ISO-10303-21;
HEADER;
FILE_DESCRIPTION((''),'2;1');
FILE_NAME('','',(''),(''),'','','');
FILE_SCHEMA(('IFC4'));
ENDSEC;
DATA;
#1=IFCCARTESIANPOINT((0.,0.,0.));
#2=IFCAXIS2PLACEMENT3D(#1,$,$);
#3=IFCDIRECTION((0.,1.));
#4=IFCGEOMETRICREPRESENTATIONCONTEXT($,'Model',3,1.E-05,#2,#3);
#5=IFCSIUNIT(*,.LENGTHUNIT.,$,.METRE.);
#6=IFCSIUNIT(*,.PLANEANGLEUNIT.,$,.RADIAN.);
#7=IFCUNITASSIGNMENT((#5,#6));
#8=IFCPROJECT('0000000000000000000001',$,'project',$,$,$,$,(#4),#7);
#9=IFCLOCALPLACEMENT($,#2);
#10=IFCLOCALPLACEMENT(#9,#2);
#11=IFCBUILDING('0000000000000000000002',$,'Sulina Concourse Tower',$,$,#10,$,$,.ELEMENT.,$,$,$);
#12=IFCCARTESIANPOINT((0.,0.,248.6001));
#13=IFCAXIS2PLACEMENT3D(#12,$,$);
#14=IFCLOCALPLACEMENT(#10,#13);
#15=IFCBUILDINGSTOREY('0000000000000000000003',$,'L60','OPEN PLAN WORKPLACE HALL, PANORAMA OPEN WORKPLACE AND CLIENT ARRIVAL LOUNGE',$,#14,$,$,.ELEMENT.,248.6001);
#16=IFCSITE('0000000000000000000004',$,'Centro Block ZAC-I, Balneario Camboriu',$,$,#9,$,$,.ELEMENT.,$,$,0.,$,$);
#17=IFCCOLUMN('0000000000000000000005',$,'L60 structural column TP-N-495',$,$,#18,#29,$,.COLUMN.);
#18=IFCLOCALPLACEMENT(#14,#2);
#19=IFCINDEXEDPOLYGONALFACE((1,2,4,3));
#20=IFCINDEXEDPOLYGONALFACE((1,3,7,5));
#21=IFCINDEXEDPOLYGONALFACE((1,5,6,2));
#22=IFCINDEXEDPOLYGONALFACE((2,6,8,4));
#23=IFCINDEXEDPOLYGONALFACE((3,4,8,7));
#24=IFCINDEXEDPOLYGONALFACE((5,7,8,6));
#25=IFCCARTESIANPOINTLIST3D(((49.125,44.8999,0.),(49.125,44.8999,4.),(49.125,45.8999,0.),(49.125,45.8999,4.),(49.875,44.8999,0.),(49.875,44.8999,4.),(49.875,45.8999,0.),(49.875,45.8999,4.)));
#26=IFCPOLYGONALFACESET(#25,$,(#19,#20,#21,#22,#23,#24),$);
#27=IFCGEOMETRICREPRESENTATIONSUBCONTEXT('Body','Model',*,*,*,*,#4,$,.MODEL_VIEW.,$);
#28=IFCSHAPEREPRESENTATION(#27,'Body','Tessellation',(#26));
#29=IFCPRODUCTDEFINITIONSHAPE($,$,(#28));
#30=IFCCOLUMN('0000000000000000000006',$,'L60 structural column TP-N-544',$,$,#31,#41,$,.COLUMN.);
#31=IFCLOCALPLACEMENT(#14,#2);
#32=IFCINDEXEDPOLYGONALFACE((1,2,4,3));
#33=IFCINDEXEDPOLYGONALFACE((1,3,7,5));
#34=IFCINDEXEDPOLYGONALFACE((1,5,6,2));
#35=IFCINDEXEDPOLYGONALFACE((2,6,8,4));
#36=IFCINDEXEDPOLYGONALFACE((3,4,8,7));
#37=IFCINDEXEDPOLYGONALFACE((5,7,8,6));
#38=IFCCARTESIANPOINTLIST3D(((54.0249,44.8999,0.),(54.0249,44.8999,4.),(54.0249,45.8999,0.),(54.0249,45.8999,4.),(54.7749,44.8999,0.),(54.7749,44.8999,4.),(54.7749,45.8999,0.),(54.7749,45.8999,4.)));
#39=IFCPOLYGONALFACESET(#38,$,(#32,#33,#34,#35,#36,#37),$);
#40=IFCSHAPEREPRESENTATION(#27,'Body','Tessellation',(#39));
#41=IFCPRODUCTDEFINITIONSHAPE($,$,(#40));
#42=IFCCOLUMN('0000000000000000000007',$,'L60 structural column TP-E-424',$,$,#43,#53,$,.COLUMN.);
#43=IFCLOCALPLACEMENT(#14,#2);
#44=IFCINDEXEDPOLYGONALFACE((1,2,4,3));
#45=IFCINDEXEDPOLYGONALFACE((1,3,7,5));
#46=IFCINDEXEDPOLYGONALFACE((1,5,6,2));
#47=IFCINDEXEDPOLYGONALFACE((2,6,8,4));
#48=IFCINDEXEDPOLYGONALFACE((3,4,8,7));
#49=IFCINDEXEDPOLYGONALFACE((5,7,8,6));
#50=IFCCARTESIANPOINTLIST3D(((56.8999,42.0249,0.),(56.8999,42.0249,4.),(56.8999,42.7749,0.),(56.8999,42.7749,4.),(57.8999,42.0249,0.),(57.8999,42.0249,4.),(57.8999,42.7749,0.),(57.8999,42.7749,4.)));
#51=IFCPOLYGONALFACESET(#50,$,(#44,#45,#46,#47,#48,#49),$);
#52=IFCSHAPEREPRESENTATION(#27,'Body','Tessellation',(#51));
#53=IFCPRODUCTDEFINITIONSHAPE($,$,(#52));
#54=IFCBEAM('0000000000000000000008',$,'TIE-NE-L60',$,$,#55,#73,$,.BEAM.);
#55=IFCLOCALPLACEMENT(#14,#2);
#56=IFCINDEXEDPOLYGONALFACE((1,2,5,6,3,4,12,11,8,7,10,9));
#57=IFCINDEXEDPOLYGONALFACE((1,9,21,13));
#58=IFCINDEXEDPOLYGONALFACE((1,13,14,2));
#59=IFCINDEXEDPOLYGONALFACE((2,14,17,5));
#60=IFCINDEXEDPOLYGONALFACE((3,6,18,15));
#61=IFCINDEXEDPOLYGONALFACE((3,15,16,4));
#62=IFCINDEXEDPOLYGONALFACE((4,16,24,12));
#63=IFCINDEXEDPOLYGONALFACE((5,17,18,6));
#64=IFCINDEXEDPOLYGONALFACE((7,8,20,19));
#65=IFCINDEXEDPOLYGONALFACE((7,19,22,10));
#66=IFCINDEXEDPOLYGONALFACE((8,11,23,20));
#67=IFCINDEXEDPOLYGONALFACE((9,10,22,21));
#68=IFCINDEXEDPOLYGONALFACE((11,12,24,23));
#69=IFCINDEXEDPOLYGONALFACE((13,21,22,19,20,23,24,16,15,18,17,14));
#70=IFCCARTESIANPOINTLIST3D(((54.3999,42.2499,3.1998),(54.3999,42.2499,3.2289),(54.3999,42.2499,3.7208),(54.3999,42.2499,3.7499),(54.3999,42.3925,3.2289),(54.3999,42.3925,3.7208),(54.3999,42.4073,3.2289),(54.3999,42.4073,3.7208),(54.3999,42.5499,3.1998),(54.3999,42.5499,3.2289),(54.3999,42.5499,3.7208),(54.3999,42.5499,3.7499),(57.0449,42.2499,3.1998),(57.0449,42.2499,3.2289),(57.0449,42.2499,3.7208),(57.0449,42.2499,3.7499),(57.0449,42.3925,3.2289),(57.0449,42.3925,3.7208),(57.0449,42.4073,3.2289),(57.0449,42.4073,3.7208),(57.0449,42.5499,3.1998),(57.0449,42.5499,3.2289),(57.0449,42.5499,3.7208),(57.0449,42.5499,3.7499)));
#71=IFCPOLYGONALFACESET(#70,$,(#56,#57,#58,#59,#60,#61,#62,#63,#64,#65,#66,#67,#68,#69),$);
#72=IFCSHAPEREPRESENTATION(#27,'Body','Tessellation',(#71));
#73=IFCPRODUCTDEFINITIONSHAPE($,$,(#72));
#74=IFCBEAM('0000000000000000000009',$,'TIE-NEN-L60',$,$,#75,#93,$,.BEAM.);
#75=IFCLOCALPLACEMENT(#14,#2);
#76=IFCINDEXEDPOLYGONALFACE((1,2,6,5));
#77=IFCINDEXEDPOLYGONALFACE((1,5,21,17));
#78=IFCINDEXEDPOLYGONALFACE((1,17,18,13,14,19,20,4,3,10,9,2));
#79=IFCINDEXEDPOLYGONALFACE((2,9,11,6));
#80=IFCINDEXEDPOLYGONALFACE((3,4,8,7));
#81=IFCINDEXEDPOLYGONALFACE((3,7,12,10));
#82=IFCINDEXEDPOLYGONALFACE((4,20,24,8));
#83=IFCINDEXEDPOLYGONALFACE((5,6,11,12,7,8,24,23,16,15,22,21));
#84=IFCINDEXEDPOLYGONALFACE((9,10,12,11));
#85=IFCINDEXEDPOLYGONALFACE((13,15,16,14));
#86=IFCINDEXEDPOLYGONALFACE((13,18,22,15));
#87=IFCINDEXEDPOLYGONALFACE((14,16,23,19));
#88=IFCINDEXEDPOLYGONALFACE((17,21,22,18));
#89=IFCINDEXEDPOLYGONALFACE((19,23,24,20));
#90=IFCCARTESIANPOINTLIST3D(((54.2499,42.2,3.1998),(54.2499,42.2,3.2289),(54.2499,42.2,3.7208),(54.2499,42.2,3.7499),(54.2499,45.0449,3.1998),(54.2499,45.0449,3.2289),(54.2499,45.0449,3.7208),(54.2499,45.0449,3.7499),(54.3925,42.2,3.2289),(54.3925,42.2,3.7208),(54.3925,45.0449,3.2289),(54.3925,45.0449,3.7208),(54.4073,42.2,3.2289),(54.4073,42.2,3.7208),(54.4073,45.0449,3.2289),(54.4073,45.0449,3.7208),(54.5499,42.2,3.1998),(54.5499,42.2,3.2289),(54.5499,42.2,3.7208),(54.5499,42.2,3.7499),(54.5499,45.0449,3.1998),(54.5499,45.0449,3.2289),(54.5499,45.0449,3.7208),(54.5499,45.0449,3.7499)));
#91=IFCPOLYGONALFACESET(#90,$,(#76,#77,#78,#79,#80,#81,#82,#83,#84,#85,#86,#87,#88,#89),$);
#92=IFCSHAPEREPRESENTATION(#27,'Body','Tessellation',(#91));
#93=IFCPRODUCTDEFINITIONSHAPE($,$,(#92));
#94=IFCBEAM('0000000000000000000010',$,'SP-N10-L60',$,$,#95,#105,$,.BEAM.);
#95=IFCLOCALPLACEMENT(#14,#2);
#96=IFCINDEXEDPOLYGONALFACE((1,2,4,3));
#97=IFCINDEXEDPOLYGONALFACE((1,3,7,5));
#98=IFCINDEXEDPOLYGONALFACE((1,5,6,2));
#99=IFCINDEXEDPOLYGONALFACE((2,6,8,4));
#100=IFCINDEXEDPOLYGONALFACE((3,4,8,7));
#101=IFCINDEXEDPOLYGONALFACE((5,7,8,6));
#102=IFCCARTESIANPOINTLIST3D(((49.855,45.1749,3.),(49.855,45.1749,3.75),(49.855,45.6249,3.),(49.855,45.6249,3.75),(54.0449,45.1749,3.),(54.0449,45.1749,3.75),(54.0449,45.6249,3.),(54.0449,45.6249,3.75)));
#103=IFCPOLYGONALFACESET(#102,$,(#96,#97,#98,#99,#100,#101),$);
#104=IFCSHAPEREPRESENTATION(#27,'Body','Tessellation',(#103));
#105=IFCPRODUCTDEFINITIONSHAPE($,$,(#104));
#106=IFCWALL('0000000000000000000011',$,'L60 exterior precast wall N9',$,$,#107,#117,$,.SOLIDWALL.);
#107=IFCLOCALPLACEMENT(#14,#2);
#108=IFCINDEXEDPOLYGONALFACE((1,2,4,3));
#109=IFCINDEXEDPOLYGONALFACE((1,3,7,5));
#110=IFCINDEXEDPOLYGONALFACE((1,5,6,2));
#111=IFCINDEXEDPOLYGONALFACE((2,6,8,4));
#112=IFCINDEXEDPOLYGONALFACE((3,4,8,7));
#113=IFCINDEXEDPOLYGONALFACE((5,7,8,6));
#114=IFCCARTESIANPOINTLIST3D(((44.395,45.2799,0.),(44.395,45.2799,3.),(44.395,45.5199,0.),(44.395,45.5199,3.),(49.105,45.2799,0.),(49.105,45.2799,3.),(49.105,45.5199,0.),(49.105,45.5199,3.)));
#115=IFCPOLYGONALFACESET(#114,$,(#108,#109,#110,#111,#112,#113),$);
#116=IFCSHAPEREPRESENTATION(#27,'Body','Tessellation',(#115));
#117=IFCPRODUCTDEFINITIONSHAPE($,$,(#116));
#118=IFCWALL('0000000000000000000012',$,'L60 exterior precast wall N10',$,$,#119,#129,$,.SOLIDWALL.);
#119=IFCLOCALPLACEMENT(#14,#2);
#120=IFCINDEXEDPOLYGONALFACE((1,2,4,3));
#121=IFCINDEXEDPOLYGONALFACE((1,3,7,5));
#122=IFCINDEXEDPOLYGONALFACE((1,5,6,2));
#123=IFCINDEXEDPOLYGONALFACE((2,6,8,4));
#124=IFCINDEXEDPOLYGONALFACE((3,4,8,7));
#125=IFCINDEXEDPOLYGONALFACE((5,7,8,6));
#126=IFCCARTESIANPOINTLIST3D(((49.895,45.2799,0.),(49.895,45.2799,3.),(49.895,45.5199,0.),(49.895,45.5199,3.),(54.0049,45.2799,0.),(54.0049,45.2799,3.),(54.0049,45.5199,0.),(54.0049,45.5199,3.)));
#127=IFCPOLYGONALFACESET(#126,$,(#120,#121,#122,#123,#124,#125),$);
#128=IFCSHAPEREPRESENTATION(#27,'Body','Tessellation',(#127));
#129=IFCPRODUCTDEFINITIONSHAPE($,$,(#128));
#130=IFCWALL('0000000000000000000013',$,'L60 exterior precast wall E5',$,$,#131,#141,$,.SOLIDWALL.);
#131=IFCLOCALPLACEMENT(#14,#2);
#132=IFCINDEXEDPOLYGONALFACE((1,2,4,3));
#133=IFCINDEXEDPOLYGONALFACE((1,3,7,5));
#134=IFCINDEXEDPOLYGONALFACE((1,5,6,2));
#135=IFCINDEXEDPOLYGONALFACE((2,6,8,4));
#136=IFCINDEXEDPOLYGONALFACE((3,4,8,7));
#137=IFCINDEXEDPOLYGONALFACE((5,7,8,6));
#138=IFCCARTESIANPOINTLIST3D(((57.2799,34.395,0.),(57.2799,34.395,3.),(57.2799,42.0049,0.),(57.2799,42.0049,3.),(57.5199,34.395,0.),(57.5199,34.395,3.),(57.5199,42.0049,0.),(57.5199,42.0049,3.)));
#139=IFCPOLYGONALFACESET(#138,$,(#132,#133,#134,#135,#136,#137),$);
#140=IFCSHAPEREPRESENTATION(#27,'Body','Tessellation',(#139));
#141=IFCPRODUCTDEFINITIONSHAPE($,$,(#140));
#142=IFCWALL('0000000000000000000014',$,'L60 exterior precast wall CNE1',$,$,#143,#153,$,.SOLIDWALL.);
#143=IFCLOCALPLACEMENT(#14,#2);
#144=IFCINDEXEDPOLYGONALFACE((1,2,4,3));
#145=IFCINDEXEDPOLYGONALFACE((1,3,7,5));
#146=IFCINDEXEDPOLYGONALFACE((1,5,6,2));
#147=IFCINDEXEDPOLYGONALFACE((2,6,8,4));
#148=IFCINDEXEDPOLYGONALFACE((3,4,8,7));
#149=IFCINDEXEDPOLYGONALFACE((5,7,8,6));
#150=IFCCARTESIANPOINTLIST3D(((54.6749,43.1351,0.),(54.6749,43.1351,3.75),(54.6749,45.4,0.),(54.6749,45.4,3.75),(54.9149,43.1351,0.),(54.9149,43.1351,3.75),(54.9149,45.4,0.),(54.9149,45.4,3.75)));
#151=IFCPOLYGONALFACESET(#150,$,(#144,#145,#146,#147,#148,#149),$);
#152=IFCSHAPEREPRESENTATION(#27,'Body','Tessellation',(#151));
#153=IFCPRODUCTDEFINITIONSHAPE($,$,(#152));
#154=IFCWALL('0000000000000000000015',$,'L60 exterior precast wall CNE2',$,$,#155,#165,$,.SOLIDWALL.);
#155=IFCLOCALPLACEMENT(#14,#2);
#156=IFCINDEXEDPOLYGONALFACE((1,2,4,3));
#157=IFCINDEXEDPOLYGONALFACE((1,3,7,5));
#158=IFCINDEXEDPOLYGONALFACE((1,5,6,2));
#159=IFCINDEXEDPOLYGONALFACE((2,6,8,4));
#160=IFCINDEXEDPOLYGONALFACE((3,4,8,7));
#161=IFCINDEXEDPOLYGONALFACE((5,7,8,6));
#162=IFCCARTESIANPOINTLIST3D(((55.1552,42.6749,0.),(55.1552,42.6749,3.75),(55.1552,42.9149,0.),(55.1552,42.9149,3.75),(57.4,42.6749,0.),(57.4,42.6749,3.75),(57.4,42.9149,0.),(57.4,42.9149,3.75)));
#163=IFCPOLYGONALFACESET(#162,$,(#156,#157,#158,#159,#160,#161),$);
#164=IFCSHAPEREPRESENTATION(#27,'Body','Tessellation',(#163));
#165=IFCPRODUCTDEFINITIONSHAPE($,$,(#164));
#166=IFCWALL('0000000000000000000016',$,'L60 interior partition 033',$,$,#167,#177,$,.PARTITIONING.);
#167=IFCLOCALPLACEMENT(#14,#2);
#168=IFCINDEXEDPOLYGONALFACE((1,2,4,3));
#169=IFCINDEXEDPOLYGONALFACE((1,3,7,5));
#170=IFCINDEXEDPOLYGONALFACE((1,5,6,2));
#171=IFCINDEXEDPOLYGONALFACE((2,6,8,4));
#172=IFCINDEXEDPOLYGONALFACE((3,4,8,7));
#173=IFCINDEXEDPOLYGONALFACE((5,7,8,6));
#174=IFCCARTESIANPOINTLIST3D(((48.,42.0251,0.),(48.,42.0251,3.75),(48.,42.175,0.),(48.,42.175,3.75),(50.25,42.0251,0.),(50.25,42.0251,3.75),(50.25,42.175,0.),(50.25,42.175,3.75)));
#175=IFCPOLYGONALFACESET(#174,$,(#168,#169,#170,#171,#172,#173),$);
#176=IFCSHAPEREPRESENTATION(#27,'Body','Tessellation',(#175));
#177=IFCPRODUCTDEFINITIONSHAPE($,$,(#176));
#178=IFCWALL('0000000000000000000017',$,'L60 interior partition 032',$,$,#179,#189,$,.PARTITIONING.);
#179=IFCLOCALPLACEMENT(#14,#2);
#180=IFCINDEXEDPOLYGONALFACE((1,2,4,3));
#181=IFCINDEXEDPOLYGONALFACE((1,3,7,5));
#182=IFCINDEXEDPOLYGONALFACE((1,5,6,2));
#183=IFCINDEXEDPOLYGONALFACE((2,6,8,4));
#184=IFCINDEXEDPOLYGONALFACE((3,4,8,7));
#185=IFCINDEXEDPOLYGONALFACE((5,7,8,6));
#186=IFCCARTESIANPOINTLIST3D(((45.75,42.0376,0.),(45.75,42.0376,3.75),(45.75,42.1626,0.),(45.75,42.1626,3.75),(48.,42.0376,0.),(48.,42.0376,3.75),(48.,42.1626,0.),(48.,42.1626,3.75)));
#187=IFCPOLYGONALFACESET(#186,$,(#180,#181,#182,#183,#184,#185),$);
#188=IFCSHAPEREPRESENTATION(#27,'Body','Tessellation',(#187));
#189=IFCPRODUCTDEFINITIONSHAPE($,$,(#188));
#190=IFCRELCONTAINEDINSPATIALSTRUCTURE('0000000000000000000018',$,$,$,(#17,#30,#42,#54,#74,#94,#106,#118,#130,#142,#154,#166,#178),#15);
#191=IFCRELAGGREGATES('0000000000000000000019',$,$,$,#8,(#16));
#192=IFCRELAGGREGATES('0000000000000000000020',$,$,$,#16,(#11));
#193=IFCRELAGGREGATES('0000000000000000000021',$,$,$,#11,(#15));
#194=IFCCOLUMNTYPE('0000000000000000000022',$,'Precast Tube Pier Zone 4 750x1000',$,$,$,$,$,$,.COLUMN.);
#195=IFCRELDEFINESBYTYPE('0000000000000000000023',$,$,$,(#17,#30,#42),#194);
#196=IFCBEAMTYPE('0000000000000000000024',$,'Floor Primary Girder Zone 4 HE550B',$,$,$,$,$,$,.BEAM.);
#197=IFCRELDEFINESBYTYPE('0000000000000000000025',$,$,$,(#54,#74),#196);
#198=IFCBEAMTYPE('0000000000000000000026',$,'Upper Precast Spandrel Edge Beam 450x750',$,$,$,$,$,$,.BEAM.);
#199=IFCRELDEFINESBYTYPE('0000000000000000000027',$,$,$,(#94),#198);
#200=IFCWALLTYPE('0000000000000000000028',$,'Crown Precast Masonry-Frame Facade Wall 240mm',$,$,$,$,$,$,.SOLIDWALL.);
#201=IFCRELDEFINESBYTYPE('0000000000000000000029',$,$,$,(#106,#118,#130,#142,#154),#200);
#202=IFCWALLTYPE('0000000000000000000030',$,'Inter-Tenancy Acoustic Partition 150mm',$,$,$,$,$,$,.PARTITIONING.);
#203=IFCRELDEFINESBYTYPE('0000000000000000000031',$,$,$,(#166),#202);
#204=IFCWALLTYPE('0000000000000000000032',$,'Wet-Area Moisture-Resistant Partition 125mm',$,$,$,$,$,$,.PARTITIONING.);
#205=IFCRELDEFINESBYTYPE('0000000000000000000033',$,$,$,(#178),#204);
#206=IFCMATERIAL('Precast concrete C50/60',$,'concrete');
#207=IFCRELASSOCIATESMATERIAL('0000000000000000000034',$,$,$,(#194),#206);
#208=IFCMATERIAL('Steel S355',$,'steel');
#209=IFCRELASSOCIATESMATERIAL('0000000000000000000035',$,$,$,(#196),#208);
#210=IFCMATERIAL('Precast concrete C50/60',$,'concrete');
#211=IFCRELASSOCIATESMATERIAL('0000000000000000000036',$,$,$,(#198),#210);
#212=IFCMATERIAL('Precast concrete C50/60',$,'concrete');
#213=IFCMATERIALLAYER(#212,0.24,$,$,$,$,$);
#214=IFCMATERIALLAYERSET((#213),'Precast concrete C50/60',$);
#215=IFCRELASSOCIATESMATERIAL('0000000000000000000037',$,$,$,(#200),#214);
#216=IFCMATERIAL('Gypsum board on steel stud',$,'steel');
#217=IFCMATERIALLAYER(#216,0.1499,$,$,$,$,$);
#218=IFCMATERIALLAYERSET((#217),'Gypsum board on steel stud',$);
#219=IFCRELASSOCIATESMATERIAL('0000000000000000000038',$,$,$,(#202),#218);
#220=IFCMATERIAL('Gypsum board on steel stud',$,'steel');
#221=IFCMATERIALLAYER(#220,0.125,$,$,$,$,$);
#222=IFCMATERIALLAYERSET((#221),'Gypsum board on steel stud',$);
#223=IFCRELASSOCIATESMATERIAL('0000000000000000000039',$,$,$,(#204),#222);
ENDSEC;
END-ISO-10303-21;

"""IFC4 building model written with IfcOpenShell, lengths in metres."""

from ifc_helpers import new_model, si_unit, direction, frame, frame_2d, origin, origin_2d, place, context, subcontext, project, spatial, rectangle, i_section, extrude, material, layer, layer_set, material_profile, profile_set, type_object, element, save


model = new_model("IFC4")

# Units and contexts
model_context = context("Model", 3, precision=1e-05, world=origin(), true_north=direction((0.0, 1.0)))
body_context = subcontext(model_context, "Body", "Model", "MODEL_VIEW")
ifc_project = project(units=[si_unit("LENGTHUNIT", "METRE"), si_unit("PLANEANGLEUNIT", "RADIAN")], contexts=[model_context])

# Site, building, storey
site_placement = place(None, origin())
site = spatial("IfcSite", under=ifc_project, at=site_placement, Name="Centro Block ZAC-I, Balneario Camboriu", CompositionType="ELEMENT", RefElevation=0.0)
building_placement = place(site_placement, origin())
building = spatial("IfcBuilding", under=site, at=building_placement, Name="Sulina Concourse Tower", CompositionType="ELEMENT")
storey_placement = place(building_placement, frame((0.0, 0.0, 248.6001)))
storey = spatial("IfcBuildingStorey", under=building, at=storey_placement, Name="L60", Description="OPEN PLAN WORKPLACE HALL, PANORAMA OPEN WORKPLACE AND CLIENT ARRIVAL LOUNGE", CompositionType="ELEMENT", Elevation=248.6001)

# Columns
ifc_material_1 = material(Name="Precast concrete C50/60", Category="concrete")
ifc_material_profile_1 = material_profile(ifc_material_1, rectangle(XDim=0.75, YDim=1.0, at=origin_2d()), Name="PC 750x1000")
ifc_profile_set_1 = profile_set([ifc_material_profile_1], Name="Precast concrete C50/60")
column_type = type_object("IfcColumnType", Name="Precast Tube Pier Zone 4 750x1000", PredefinedType="COLUMN", material=ifc_profile_set_1)
for number, where, z_axis, x_axis, name in (
    (1, (49.5, 45.3999, 0.0), (0.0, 0.0, 1.0), (1.0, 0.0, 0.0), "L60 structural column TP-N-495"),
    (2, (54.3999, 45.3999, 0.0), (0.0, 0.0, 1.0), (1.0, 0.0, 0.0), "L60 structural column TP-N-544"),
    (3, (57.3999, 42.3999, 0.0), (0.0, 0.0, 1.0), (0.0, 1.0, 0.0), "L60 structural column TP-E-424"),
):
    element("IfcColumn", number, at=place(storey_placement, frame(where, z_axis=z_axis, x_axis=x_axis)), inside=storey, type_object=column_type, Name=name, PredefinedType="COLUMN", context=body_context, shape_type="SweptSolid", body=[
        extrude(rectangle(XDim=0.75, YDim=1.0, at=origin_2d()), origin(), (0.0, 0.0, 1.0), 4.0),
    ])

# Beams
ifc_material_2 = material(Name="Steel S355", Category="steel")
ifc_material_profile_2 = material_profile(ifc_material_2, i_section(OverallWidth=0.3, OverallDepth=0.55, WebThickness=0.0149, FlangeThickness=0.0291, at=origin_2d()), Name="HE 550 B")
ifc_profile_set_2 = profile_set([ifc_material_profile_2], Name="Steel S355")
beam_type_1 = type_object("IfcBeamType", Name="Floor Primary Girder Zone 4 HE550B", PredefinedType="BEAM", material=ifc_profile_set_2)
beam_1_placement = place(storey_placement, frame((54.3999, 42.3999, 3.4749), z_axis=(1.0, 0.0, 0.0), x_axis=(0.0, 1.0, 0.0)))
element("IfcBeam", 4, at=beam_1_placement, inside=storey, type_object=beam_type_1, Name="TIE-NE-L60", PredefinedType="BEAM", context=body_context, shape_type="SweptSolid", body=[
    extrude(i_section(OverallWidth=0.3, OverallDepth=0.55, WebThickness=0.0149, FlangeThickness=0.0291, at=origin_2d()), origin(), (0.0, 0.0, 1.0), 2.645),
])
beam_2_placement = place(storey_placement, frame((54.3999, 42.2, 3.4749), z_axis=(0.0, 1.0, 0.0), x_axis=(-1.0, 0.0, 0.0)))
element("IfcBeam", 5, at=beam_2_placement, inside=storey, type_object=beam_type_1, Name="TIE-NEN-L60", PredefinedType="BEAM", context=body_context, shape_type="SweptSolid", body=[
    extrude(i_section(OverallWidth=0.3, OverallDepth=0.55, WebThickness=0.0149, FlangeThickness=0.0291, at=origin_2d()), origin(), (0.0, 0.0, 1.0), 2.845),
])
ifc_material_3 = material(Name="Precast concrete C50/60", Category="concrete")
ifc_material_profile_3 = material_profile(ifc_material_3, rectangle(XDim=0.45, YDim=0.75, at=origin_2d()), Name="RC 450x750")
ifc_profile_set_3 = profile_set([ifc_material_profile_3], Name="Precast concrete C50/60")
beam_type_2 = type_object("IfcBeamType", Name="Upper Precast Spandrel Edge Beam 450x750", PredefinedType="BEAM", material=ifc_profile_set_3)
beam_3_placement = place(storey_placement, frame((49.855, 45.3999, 3.375), z_axis=(1.0, 0.0, 0.0), x_axis=(0.0, 1.0, 0.0)))
element("IfcBeam", 6, at=beam_3_placement, inside=storey, type_object=beam_type_2, Name="SP-N10-L60", PredefinedType="BEAM", context=body_context, shape_type="SweptSolid", body=[
    extrude(rectangle(XDim=0.45, YDim=0.75, at=origin_2d()), origin(), (0.0, 0.0, 1.0), 4.1899),
])

# Walls
ifc_material_4 = material(Name="Precast concrete C50/60", Category="concrete")
ifc_layer_1 = layer(ifc_material_4, 0.24)
ifc_layer_set_1 = layer_set([ifc_layer_1], Name="Precast concrete C50/60")
wall_type_1 = type_object("IfcWallType", Name="Crown Precast Masonry-Frame Facade Wall 240mm", PredefinedType="SOLIDWALL", material=ifc_layer_set_1)
wall_1_placement = place(storey_placement, frame((44.395, 45.3999, 0.0), z_axis=(0.0, 0.0, 1.0), x_axis=(1.0, 0.0, 0.0)))
element("IfcWall", 7, at=wall_1_placement, inside=storey, type_object=wall_type_1, Name="L60 exterior precast wall N9", PredefinedType="SOLIDWALL", context=body_context, shape_type="SweptSolid", body=[
    extrude(rectangle(XDim=4.71, YDim=0.24, at=frame_2d((2.355, 0.0))), origin(), (0.0, 0.0, 1.0), 3.0),
])
wall_2_placement = place(storey_placement, frame((49.895, 45.3999, 0.0), z_axis=(0.0, 0.0, 1.0), x_axis=(1.0, 0.0, 0.0)))
element("IfcWall", 8, at=wall_2_placement, inside=storey, type_object=wall_type_1, Name="L60 exterior precast wall N10", PredefinedType="SOLIDWALL", context=body_context, shape_type="SweptSolid", body=[
    extrude(rectangle(XDim=4.1099, YDim=0.24, at=frame_2d((2.0549, 0.0))), origin(), (0.0, 0.0, 1.0), 3.0),
])
wall_3_placement = place(storey_placement, frame((57.3999, 42.0049, 0.0), z_axis=(0.0, 0.0, 1.0), x_axis=(0.0, -1.0, 0.0)))
element("IfcWall", 9, at=wall_3_placement, inside=storey, type_object=wall_type_1, Name="L60 exterior precast wall E5", PredefinedType="SOLIDWALL", context=body_context, shape_type="SweptSolid", body=[
    extrude(rectangle(XDim=7.6099, YDim=0.24, at=frame_2d((3.8049, 0.0))), origin(), (0.0, 0.0, 1.0), 3.0),
])
wall_4_placement = place(storey_placement, frame((54.7949, 45.3999, 0.0), z_axis=(0.0, 0.0, 1.0), x_axis=(0.0, -1.0, 0.0)))
element("IfcWall", 10, at=wall_4_placement, inside=storey, type_object=wall_type_1, Name="L60 exterior precast wall CNE1", PredefinedType="SOLIDWALL", context=body_context, shape_type="SweptSolid", body=[
    extrude(rectangle(XDim=2.2649, YDim=0.24, at=frame_2d((1.1323, 0.0))), origin(), (0.0, 0.0, 1.0), 3.75),
])
wall_5_placement = place(storey_placement, frame((55.155, 42.7949, 0.0), z_axis=(0.0, 0.0, 1.0), x_axis=(1.0, 0.0, 0.0)))
element("IfcWall", 11, at=wall_5_placement, inside=storey, type_object=wall_type_1, Name="L60 exterior precast wall CNE2", PredefinedType="SOLIDWALL", context=body_context, shape_type="SweptSolid", body=[
    extrude(rectangle(XDim=2.2449, YDim=0.24, at=frame_2d((1.1226, 0.0))), origin(), (0.0, 0.0, 1.0), 3.75),
])
ifc_material_5 = material(Name="Gypsum board on steel stud", Category="steel")
ifc_layer_2 = layer(ifc_material_5, 0.1499)
ifc_layer_set_2 = layer_set([ifc_layer_2], Name="Gypsum board on steel stud")
wall_type_2 = type_object("IfcWallType", Name="Inter-Tenancy Acoustic Partition 150mm", PredefinedType="PARTITIONING", material=ifc_layer_set_2)
wall_6_placement = place(storey_placement, frame((48.0, 42.1001, 0.0), z_axis=(0.0, 0.0, 1.0), x_axis=(1.0, 0.0, 0.0)))
element("IfcWall", 12, at=wall_6_placement, inside=storey, type_object=wall_type_2, Name="L60 interior partition 033", PredefinedType="PARTITIONING", context=body_context, shape_type="SweptSolid", body=[
    extrude(rectangle(XDim=2.25, YDim=0.1499, at=frame_2d((1.125, 0.0))), origin(), (0.0, 0.0, 1.0), 3.75),
])
ifc_material_6 = material(Name="Gypsum board on steel stud", Category="steel")
ifc_layer_3 = layer(ifc_material_6, 0.125)
ifc_layer_set_3 = layer_set([ifc_layer_3], Name="Gypsum board on steel stud")
wall_type_3 = type_object("IfcWallType", Name="Wet-Area Moisture-Resistant Partition 125mm", PredefinedType="PARTITIONING", material=ifc_layer_set_3)
wall_7_placement = place(storey_placement, frame((45.75, 42.1001, 0.0), z_axis=(0.0, 0.0, 1.0), x_axis=(1.0, 0.0, 0.0)))
element("IfcWall", 13, at=wall_7_placement, inside=storey, type_object=wall_type_3, Name="L60 interior partition 032", PredefinedType="PARTITIONING", context=body_context, shape_type="SweptSolid", body=[
    extrude(rectangle(XDim=2.25, YDim=0.125, at=frame_2d((1.125, 0.0))), origin(), (0.0, 0.0, 1.0), 3.75),
])

save(model, "model.ifc")
